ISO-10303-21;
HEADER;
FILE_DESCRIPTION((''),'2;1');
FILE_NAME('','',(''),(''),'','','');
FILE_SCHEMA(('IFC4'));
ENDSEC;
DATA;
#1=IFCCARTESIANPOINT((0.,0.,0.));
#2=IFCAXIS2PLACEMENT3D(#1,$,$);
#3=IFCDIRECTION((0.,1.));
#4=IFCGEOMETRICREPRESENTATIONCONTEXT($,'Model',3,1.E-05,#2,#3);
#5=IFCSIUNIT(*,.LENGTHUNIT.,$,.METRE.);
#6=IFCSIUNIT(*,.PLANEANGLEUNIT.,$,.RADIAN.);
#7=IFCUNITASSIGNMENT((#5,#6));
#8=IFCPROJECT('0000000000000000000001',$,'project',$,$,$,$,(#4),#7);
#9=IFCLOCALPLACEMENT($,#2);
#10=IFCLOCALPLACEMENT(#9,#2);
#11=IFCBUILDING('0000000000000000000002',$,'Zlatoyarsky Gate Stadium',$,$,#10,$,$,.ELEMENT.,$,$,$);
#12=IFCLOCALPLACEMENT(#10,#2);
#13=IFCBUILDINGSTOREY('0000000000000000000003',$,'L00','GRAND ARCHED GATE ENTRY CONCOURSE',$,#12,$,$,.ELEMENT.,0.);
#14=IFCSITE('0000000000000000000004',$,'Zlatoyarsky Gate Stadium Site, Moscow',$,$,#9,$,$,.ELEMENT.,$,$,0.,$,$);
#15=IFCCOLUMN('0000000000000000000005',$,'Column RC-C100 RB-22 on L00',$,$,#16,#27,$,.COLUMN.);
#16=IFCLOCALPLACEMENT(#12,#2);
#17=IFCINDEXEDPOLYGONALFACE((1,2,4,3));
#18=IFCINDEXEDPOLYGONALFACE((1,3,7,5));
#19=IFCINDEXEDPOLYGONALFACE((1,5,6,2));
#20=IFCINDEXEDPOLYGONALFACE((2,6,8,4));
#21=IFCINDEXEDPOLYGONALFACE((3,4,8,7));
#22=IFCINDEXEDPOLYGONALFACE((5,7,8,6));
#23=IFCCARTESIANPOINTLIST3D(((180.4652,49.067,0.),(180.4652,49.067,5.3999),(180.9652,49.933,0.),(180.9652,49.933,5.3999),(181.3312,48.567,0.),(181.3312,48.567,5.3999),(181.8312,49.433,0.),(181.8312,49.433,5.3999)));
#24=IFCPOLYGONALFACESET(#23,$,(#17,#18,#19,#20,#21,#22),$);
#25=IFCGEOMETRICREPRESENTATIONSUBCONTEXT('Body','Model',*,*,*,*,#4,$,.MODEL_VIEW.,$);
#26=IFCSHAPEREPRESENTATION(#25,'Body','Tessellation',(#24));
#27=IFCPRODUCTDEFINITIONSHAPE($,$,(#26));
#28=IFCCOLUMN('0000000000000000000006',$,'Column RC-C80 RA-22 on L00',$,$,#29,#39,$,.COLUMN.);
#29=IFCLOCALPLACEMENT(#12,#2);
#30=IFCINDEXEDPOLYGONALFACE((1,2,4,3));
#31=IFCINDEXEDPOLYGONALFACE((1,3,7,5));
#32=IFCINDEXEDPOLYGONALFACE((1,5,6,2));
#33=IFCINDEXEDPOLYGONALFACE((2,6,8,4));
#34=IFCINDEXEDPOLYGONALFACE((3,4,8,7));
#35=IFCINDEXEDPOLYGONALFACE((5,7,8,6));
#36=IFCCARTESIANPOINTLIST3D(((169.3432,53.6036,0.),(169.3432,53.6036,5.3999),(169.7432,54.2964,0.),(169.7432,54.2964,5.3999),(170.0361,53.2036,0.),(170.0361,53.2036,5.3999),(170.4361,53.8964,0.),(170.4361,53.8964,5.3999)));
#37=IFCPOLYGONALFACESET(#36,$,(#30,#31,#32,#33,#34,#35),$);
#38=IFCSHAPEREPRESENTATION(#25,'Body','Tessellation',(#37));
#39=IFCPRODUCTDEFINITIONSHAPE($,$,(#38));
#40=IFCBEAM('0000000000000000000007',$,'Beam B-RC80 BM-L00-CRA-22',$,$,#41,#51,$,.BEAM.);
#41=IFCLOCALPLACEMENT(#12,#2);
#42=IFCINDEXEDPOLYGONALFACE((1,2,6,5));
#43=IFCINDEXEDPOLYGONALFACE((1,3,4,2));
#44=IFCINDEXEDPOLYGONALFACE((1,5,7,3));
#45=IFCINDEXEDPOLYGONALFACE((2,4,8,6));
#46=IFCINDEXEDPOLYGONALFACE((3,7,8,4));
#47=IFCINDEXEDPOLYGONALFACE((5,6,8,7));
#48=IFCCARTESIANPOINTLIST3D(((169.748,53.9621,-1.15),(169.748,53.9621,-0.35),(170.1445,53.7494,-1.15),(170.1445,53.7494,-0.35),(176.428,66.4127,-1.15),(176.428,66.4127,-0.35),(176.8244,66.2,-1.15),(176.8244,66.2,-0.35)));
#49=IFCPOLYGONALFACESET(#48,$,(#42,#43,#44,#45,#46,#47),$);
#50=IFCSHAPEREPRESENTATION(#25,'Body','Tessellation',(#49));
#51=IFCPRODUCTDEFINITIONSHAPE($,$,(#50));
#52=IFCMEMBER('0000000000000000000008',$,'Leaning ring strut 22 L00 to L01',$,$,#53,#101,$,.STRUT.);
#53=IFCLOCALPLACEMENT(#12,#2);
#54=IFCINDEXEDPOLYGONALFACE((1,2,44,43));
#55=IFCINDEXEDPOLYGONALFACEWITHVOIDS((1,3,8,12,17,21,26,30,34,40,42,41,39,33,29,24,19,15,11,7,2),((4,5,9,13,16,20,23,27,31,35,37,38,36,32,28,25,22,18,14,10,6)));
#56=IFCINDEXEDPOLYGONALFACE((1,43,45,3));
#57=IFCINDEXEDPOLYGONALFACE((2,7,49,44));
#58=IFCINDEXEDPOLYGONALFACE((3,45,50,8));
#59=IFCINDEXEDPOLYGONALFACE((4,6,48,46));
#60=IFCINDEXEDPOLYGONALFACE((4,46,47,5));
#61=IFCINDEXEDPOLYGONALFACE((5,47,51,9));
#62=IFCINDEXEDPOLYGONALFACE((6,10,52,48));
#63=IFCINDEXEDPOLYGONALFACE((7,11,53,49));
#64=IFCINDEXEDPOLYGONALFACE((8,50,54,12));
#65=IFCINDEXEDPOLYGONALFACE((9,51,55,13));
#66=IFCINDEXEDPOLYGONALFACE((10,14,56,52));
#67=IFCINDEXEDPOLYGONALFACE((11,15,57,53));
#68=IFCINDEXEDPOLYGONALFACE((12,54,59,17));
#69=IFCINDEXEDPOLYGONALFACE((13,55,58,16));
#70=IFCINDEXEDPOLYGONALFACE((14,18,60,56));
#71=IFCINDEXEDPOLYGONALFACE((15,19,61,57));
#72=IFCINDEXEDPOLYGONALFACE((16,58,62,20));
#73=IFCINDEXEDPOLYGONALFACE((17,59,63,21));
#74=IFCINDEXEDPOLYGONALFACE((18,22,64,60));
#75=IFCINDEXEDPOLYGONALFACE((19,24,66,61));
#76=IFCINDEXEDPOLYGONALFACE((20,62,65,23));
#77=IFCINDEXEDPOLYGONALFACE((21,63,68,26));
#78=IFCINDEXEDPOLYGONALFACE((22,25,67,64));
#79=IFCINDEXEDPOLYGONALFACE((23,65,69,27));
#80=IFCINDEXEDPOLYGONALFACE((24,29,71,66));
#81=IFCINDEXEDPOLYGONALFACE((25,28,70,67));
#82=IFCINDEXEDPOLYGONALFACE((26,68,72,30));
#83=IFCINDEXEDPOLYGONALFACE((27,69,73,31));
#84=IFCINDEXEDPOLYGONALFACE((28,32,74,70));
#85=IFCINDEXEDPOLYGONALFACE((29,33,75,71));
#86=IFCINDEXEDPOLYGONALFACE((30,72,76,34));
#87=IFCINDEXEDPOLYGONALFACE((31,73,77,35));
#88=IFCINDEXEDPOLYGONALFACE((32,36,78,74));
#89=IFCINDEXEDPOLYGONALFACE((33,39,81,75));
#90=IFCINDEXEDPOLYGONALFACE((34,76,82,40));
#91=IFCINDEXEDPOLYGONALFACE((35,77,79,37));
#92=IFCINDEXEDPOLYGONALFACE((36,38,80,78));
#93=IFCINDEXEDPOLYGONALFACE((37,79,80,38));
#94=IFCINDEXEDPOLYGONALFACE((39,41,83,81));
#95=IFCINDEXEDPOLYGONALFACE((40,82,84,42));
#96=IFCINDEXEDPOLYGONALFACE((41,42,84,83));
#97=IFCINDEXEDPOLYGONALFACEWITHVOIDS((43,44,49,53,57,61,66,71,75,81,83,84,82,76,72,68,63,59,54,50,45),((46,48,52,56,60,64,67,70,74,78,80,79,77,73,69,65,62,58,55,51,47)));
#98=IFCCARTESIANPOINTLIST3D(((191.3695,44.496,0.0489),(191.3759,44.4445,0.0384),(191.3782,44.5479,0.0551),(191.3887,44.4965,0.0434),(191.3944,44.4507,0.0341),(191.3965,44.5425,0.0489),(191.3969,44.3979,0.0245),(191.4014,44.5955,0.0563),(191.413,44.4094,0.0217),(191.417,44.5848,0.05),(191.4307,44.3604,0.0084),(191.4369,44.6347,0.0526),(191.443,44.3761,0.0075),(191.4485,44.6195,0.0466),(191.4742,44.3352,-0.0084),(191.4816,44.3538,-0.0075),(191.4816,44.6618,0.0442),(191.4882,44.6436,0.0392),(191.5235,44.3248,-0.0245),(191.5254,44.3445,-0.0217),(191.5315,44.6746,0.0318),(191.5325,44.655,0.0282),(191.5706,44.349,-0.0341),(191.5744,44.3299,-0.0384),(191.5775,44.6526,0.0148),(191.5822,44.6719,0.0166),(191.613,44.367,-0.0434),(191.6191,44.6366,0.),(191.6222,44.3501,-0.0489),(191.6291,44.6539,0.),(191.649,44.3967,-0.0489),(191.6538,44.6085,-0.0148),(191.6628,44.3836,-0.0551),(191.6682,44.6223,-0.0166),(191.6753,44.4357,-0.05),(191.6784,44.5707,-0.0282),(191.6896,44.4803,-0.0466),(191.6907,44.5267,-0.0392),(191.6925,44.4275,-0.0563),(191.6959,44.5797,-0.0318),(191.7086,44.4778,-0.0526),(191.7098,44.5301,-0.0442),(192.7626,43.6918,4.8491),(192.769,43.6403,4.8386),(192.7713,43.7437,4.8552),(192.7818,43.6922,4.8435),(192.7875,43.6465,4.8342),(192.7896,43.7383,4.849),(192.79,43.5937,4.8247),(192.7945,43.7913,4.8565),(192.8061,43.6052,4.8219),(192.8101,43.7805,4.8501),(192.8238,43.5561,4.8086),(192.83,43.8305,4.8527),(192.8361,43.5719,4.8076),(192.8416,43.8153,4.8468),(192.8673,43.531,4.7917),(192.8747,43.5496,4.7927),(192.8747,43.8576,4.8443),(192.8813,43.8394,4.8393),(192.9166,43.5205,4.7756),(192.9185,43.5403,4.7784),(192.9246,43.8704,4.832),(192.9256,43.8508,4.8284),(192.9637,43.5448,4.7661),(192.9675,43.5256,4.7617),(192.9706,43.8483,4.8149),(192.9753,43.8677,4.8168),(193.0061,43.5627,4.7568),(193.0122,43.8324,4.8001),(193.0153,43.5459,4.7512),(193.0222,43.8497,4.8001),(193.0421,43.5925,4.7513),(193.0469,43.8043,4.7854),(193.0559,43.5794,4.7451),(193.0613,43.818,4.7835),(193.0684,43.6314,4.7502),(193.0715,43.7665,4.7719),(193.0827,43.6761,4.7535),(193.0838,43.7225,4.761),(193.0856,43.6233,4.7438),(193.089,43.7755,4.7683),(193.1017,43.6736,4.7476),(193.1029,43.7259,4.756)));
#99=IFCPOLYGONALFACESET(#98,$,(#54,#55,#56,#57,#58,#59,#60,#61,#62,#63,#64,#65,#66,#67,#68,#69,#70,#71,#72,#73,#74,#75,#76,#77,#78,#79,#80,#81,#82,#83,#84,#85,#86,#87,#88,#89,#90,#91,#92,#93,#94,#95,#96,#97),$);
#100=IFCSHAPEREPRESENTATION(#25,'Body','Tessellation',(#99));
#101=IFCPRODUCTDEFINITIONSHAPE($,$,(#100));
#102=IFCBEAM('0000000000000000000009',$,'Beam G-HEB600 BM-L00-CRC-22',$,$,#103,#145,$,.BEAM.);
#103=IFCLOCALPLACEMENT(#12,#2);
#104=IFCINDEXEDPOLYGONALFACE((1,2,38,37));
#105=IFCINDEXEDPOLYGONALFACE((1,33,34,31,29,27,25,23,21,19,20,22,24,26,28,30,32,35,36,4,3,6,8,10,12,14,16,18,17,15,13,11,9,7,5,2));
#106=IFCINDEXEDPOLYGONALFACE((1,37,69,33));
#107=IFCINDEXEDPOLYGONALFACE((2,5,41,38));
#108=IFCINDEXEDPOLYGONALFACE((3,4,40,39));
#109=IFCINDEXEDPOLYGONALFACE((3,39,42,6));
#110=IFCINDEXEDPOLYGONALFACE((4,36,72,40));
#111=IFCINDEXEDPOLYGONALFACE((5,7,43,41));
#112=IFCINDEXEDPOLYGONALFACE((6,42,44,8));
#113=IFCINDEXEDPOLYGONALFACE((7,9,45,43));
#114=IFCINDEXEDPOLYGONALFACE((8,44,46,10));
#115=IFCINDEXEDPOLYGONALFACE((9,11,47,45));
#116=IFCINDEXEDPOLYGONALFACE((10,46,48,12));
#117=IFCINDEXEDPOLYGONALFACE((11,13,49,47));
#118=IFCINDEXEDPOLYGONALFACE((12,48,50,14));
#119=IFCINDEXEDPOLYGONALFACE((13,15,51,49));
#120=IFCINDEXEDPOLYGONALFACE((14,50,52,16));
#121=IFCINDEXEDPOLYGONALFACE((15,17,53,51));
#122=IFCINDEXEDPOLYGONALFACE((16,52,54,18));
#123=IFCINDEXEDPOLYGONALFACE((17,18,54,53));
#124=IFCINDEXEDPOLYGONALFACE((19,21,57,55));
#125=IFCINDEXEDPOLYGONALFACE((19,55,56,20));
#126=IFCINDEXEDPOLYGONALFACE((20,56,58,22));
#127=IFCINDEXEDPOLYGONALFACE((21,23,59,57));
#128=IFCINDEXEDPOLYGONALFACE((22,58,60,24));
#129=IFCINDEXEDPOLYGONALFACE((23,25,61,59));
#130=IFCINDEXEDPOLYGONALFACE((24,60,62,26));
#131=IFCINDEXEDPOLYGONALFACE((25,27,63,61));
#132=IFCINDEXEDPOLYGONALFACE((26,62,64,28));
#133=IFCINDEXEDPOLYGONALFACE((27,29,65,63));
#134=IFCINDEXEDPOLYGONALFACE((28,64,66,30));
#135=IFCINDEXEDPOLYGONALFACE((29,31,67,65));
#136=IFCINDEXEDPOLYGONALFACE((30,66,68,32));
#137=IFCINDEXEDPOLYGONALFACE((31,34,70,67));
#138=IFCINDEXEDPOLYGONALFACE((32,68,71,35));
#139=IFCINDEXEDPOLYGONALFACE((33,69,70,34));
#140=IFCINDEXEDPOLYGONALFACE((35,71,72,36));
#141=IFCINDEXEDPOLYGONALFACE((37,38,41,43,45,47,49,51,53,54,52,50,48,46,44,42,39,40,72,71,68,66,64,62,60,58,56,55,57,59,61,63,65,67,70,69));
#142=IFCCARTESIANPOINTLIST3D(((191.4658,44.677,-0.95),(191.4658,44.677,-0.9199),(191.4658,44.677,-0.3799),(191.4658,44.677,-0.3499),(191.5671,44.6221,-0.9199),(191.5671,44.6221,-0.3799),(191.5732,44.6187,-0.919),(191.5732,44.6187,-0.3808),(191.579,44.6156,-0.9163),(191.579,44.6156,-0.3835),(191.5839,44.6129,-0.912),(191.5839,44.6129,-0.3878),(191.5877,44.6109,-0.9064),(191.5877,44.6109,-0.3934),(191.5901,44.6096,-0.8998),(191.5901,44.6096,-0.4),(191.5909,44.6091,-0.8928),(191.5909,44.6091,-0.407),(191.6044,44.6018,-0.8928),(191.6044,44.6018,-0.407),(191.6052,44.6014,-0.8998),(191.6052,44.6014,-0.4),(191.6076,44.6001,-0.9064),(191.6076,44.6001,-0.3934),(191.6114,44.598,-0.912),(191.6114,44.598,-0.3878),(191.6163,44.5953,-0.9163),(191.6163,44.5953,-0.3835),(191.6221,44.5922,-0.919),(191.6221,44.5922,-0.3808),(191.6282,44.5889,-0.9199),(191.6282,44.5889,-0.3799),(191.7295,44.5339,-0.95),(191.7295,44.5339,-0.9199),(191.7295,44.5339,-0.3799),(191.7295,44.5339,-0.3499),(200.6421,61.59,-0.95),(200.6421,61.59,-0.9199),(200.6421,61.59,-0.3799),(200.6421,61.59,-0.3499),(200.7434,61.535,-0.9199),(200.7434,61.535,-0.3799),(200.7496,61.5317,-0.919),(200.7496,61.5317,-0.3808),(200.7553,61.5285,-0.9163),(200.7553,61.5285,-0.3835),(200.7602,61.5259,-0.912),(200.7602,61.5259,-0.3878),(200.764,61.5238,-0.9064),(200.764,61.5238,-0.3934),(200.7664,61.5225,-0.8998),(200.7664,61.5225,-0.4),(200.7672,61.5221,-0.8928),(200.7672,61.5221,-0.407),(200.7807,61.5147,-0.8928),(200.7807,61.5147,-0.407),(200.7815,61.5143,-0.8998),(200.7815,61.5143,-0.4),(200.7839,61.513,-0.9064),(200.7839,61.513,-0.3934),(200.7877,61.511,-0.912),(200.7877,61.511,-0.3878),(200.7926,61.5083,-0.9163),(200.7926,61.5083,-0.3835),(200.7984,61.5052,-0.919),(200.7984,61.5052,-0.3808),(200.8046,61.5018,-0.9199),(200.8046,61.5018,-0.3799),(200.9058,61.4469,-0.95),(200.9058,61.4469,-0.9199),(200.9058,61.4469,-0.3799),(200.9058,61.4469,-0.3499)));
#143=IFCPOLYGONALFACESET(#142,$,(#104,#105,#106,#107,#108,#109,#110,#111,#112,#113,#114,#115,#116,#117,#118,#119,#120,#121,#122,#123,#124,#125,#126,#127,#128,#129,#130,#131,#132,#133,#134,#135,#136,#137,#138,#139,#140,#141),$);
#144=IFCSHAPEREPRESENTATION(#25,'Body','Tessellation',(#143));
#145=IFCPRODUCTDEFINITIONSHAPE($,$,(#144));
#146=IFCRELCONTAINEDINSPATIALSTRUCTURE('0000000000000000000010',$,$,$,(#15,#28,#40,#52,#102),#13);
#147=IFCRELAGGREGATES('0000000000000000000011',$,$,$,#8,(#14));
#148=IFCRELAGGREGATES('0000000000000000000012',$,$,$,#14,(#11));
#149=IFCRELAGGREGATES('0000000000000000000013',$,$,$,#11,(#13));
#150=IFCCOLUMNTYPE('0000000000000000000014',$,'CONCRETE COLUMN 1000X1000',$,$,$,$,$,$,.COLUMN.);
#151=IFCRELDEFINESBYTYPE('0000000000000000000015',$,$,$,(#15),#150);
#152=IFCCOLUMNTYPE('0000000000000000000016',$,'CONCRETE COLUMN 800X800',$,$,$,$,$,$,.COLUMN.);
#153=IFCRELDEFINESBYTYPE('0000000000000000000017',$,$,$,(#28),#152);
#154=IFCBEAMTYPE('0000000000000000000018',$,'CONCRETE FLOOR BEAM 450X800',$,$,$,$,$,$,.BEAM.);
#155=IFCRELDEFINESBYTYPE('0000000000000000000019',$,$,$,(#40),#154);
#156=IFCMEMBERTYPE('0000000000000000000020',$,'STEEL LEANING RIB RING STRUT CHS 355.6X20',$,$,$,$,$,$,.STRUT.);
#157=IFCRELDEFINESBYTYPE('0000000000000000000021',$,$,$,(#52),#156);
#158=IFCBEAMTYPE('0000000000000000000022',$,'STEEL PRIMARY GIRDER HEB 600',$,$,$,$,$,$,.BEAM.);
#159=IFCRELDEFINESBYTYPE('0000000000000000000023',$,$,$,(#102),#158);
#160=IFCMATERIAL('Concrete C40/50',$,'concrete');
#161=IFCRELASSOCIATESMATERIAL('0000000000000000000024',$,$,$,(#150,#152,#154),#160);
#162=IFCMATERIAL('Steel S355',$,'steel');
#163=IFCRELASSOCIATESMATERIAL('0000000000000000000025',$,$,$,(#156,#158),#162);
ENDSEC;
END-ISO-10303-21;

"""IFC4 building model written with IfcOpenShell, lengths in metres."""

from ifc_helpers import new_model, si_unit, direction, frame, origin, origin_2d, place, context, subcontext, project, spatial, rectangle, hollow_circle, i_section, extrude, material, material_profile, profile_set, type_object, element, save


model = new_model("IFC4")

# Units and contexts
model_context = context("Model", 3, precision=1e-05, world=origin(), true_north=direction((0.0, 1.0)))
body_context = subcontext(model_context, "Body", "Model", "MODEL_VIEW")
ifc_project = project(units=[si_unit("LENGTHUNIT", "METRE"), si_unit("PLANEANGLEUNIT", "RADIAN")], contexts=[model_context])

# Site, building, storey
site_placement = place(None, origin())
site = spatial("IfcSite", under=ifc_project, at=site_placement, Name="Zlatoyarsky Gate Stadium Site, Moscow", CompositionType="ELEMENT", RefElevation=0.0)
building_placement = place(site_placement, origin())
building = spatial("IfcBuilding", under=site, at=building_placement, Name="Zlatoyarsky Gate Stadium", CompositionType="ELEMENT")
storey_placement = place(building_placement, origin())
storey = spatial("IfcBuildingStorey", under=building, at=storey_placement, Name="L00", Description="GRAND ARCHED GATE ENTRY CONCOURSE", CompositionType="ELEMENT", Elevation=0.0)

# Columns
ifc_material_1 = material(Name="Concrete C40/50", Category="concrete")
ifc_material_profile_1 = material_profile(ifc_material_1, rectangle(XDim=1.0, YDim=1.0, at=origin_2d()), Name="RC COL 1000X1000")
ifc_profile_set_1 = profile_set([ifc_material_profile_1], Name="Concrete C40/50")
column_type_1 = type_object("IfcColumnType", Name="CONCRETE COLUMN 1000X1000", PredefinedType="COLUMN", material=ifc_profile_set_1)
column_1_placement = place(storey_placement, frame((181.1482, 49.25, 0.0), z_axis=(0.0, 0.0, 1.0), x_axis=(0.866025, -0.5, 0.0)))
element("IfcColumn", 1, at=column_1_placement, inside=storey, type_object=column_type_1, Name="Column RC-C100 RB-22 on L00", PredefinedType="COLUMN", context=body_context, shape_type="SweptSolid", body=[
    extrude(rectangle(XDim=1.0, YDim=1.0, at=origin_2d()), origin(), (0.0, 0.0, 1.0), 5.3999),
])
ifc_material_profile_2 = material_profile(ifc_material_1, rectangle(XDim=0.8, YDim=0.8, at=origin_2d()), Name="RC COL 800X800")
ifc_profile_set_2 = profile_set([ifc_material_profile_2], Name="Concrete C40/50")
column_type_2 = type_object("IfcColumnType", Name="CONCRETE COLUMN 800X800", PredefinedType="COLUMN", material=ifc_profile_set_2)
column_2_placement = place(storey_placement, frame((169.8896, 53.75, 0.0), z_axis=(0.0, 0.0, 1.0), x_axis=(0.866025, -0.5, 0.0)))
element("IfcColumn", 2, at=column_2_placement, inside=storey, type_object=column_type_2, Name="Column RC-C80 RA-22 on L00", PredefinedType="COLUMN", context=body_context, shape_type="SweptSolid", body=[
    extrude(rectangle(XDim=0.8, YDim=0.8, at=origin_2d()), origin(), (0.0, 0.0, 1.0), 5.3999),
])

# Beam
ifc_material_profile_3 = material_profile(ifc_material_1, rectangle(XDim=0.45, YDim=0.8, at=origin_2d()), Name="RC BEAM 450X800")
ifc_profile_set_3 = profile_set([ifc_material_profile_3], Name="Concrete C40/50")
beam_type_1 = type_object("IfcBeamType", Name="CONCRETE FLOOR BEAM 450X800", PredefinedType="BEAM", material=ifc_profile_set_3)
beam_1_placement = place(storey_placement, frame((169.9463, 53.8557, -0.75), z_axis=(0.472767, 0.881187, 0.0), x_axis=(-0.881187, 0.472767, 0.0)))
element("IfcBeam", 3, at=beam_1_placement, inside=storey, type_object=beam_type_1, Name="Beam B-RC80 BM-L00-CRA-22", PredefinedType="BEAM", context=body_context, shape_type="SweptSolid", body=[
    extrude(rectangle(XDim=0.45, YDim=0.8, at=origin_2d()), origin(), (0.0, 0.0, 1.0), 14.1294),
])

# Member
ifc_material_2 = material(Name="Steel S355", Category="steel")
ifc_material_profile_4 = material_profile(ifc_material_2, hollow_circle(Radius=0.1777, WallThickness=0.02, at=origin_2d()), Name="CHS 355.6X20")
ifc_profile_set_4 = profile_set([ifc_material_profile_4], Name="Steel S355")
member_type = type_object("IfcMemberType", Name="STEEL LEANING RIB RING STRUT CHS 355.6X20", PredefinedType="STRUT", material=ifc_profile_set_4)
member_placement = place(storey_placement, frame((191.5403, 44.5, 0.0), z_axis=(0.275179, -0.158857, 0.948178), x_axis=(0.499959, 0.866049, 0.0)))
element("IfcMember", 4, at=member_placement, inside=storey, type_object=member_type, Name="Leaning ring strut 22 L00 to L01", PredefinedType="STRUT", context=body_context, shape_type="SweptSolid", body=[
    extrude(hollow_circle(Radius=0.1777, WallThickness=0.02, at=origin_2d()), origin(), (0.0, 0.0, 1.0), 5.0625),
])

# Beam
ifc_material_profile_5 = material_profile(ifc_material_2, i_section(OverallWidth=0.3, OverallDepth=0.6001, WebThickness=0.0154, FlangeThickness=0.03, FilletRadius=0.0271, at=origin_2d()), Name="HEB 600")
ifc_profile_set_5 = profile_set([ifc_material_profile_5], Name="Steel S355")
beam_type_2 = type_object("IfcBeamType", Name="STEEL PRIMARY GIRDER HEB 600", PredefinedType="BEAM", material=ifc_profile_set_5)
beam_2_placement = place(storey_placement, frame((191.5977, 44.6055, -0.6499), z_axis=(0.476892, 0.878962, 0.0), x_axis=(-0.878962, 0.476892, 0.0)))
element("IfcBeam", 5, at=beam_2_placement, inside=storey, type_object=beam_type_2, Name="Beam G-HEB600 BM-L00-CRC-22", PredefinedType="BEAM", context=body_context, shape_type="SweptSolid", body=[
    extrude(i_section(OverallWidth=0.3, OverallDepth=0.6001, WebThickness=0.0154, FlangeThickness=0.03, FilletRadius=0.0271, at=origin_2d()), origin(), (0.0, 0.0, 1.0), 19.2419),
])

save(model, "model.ifc")
